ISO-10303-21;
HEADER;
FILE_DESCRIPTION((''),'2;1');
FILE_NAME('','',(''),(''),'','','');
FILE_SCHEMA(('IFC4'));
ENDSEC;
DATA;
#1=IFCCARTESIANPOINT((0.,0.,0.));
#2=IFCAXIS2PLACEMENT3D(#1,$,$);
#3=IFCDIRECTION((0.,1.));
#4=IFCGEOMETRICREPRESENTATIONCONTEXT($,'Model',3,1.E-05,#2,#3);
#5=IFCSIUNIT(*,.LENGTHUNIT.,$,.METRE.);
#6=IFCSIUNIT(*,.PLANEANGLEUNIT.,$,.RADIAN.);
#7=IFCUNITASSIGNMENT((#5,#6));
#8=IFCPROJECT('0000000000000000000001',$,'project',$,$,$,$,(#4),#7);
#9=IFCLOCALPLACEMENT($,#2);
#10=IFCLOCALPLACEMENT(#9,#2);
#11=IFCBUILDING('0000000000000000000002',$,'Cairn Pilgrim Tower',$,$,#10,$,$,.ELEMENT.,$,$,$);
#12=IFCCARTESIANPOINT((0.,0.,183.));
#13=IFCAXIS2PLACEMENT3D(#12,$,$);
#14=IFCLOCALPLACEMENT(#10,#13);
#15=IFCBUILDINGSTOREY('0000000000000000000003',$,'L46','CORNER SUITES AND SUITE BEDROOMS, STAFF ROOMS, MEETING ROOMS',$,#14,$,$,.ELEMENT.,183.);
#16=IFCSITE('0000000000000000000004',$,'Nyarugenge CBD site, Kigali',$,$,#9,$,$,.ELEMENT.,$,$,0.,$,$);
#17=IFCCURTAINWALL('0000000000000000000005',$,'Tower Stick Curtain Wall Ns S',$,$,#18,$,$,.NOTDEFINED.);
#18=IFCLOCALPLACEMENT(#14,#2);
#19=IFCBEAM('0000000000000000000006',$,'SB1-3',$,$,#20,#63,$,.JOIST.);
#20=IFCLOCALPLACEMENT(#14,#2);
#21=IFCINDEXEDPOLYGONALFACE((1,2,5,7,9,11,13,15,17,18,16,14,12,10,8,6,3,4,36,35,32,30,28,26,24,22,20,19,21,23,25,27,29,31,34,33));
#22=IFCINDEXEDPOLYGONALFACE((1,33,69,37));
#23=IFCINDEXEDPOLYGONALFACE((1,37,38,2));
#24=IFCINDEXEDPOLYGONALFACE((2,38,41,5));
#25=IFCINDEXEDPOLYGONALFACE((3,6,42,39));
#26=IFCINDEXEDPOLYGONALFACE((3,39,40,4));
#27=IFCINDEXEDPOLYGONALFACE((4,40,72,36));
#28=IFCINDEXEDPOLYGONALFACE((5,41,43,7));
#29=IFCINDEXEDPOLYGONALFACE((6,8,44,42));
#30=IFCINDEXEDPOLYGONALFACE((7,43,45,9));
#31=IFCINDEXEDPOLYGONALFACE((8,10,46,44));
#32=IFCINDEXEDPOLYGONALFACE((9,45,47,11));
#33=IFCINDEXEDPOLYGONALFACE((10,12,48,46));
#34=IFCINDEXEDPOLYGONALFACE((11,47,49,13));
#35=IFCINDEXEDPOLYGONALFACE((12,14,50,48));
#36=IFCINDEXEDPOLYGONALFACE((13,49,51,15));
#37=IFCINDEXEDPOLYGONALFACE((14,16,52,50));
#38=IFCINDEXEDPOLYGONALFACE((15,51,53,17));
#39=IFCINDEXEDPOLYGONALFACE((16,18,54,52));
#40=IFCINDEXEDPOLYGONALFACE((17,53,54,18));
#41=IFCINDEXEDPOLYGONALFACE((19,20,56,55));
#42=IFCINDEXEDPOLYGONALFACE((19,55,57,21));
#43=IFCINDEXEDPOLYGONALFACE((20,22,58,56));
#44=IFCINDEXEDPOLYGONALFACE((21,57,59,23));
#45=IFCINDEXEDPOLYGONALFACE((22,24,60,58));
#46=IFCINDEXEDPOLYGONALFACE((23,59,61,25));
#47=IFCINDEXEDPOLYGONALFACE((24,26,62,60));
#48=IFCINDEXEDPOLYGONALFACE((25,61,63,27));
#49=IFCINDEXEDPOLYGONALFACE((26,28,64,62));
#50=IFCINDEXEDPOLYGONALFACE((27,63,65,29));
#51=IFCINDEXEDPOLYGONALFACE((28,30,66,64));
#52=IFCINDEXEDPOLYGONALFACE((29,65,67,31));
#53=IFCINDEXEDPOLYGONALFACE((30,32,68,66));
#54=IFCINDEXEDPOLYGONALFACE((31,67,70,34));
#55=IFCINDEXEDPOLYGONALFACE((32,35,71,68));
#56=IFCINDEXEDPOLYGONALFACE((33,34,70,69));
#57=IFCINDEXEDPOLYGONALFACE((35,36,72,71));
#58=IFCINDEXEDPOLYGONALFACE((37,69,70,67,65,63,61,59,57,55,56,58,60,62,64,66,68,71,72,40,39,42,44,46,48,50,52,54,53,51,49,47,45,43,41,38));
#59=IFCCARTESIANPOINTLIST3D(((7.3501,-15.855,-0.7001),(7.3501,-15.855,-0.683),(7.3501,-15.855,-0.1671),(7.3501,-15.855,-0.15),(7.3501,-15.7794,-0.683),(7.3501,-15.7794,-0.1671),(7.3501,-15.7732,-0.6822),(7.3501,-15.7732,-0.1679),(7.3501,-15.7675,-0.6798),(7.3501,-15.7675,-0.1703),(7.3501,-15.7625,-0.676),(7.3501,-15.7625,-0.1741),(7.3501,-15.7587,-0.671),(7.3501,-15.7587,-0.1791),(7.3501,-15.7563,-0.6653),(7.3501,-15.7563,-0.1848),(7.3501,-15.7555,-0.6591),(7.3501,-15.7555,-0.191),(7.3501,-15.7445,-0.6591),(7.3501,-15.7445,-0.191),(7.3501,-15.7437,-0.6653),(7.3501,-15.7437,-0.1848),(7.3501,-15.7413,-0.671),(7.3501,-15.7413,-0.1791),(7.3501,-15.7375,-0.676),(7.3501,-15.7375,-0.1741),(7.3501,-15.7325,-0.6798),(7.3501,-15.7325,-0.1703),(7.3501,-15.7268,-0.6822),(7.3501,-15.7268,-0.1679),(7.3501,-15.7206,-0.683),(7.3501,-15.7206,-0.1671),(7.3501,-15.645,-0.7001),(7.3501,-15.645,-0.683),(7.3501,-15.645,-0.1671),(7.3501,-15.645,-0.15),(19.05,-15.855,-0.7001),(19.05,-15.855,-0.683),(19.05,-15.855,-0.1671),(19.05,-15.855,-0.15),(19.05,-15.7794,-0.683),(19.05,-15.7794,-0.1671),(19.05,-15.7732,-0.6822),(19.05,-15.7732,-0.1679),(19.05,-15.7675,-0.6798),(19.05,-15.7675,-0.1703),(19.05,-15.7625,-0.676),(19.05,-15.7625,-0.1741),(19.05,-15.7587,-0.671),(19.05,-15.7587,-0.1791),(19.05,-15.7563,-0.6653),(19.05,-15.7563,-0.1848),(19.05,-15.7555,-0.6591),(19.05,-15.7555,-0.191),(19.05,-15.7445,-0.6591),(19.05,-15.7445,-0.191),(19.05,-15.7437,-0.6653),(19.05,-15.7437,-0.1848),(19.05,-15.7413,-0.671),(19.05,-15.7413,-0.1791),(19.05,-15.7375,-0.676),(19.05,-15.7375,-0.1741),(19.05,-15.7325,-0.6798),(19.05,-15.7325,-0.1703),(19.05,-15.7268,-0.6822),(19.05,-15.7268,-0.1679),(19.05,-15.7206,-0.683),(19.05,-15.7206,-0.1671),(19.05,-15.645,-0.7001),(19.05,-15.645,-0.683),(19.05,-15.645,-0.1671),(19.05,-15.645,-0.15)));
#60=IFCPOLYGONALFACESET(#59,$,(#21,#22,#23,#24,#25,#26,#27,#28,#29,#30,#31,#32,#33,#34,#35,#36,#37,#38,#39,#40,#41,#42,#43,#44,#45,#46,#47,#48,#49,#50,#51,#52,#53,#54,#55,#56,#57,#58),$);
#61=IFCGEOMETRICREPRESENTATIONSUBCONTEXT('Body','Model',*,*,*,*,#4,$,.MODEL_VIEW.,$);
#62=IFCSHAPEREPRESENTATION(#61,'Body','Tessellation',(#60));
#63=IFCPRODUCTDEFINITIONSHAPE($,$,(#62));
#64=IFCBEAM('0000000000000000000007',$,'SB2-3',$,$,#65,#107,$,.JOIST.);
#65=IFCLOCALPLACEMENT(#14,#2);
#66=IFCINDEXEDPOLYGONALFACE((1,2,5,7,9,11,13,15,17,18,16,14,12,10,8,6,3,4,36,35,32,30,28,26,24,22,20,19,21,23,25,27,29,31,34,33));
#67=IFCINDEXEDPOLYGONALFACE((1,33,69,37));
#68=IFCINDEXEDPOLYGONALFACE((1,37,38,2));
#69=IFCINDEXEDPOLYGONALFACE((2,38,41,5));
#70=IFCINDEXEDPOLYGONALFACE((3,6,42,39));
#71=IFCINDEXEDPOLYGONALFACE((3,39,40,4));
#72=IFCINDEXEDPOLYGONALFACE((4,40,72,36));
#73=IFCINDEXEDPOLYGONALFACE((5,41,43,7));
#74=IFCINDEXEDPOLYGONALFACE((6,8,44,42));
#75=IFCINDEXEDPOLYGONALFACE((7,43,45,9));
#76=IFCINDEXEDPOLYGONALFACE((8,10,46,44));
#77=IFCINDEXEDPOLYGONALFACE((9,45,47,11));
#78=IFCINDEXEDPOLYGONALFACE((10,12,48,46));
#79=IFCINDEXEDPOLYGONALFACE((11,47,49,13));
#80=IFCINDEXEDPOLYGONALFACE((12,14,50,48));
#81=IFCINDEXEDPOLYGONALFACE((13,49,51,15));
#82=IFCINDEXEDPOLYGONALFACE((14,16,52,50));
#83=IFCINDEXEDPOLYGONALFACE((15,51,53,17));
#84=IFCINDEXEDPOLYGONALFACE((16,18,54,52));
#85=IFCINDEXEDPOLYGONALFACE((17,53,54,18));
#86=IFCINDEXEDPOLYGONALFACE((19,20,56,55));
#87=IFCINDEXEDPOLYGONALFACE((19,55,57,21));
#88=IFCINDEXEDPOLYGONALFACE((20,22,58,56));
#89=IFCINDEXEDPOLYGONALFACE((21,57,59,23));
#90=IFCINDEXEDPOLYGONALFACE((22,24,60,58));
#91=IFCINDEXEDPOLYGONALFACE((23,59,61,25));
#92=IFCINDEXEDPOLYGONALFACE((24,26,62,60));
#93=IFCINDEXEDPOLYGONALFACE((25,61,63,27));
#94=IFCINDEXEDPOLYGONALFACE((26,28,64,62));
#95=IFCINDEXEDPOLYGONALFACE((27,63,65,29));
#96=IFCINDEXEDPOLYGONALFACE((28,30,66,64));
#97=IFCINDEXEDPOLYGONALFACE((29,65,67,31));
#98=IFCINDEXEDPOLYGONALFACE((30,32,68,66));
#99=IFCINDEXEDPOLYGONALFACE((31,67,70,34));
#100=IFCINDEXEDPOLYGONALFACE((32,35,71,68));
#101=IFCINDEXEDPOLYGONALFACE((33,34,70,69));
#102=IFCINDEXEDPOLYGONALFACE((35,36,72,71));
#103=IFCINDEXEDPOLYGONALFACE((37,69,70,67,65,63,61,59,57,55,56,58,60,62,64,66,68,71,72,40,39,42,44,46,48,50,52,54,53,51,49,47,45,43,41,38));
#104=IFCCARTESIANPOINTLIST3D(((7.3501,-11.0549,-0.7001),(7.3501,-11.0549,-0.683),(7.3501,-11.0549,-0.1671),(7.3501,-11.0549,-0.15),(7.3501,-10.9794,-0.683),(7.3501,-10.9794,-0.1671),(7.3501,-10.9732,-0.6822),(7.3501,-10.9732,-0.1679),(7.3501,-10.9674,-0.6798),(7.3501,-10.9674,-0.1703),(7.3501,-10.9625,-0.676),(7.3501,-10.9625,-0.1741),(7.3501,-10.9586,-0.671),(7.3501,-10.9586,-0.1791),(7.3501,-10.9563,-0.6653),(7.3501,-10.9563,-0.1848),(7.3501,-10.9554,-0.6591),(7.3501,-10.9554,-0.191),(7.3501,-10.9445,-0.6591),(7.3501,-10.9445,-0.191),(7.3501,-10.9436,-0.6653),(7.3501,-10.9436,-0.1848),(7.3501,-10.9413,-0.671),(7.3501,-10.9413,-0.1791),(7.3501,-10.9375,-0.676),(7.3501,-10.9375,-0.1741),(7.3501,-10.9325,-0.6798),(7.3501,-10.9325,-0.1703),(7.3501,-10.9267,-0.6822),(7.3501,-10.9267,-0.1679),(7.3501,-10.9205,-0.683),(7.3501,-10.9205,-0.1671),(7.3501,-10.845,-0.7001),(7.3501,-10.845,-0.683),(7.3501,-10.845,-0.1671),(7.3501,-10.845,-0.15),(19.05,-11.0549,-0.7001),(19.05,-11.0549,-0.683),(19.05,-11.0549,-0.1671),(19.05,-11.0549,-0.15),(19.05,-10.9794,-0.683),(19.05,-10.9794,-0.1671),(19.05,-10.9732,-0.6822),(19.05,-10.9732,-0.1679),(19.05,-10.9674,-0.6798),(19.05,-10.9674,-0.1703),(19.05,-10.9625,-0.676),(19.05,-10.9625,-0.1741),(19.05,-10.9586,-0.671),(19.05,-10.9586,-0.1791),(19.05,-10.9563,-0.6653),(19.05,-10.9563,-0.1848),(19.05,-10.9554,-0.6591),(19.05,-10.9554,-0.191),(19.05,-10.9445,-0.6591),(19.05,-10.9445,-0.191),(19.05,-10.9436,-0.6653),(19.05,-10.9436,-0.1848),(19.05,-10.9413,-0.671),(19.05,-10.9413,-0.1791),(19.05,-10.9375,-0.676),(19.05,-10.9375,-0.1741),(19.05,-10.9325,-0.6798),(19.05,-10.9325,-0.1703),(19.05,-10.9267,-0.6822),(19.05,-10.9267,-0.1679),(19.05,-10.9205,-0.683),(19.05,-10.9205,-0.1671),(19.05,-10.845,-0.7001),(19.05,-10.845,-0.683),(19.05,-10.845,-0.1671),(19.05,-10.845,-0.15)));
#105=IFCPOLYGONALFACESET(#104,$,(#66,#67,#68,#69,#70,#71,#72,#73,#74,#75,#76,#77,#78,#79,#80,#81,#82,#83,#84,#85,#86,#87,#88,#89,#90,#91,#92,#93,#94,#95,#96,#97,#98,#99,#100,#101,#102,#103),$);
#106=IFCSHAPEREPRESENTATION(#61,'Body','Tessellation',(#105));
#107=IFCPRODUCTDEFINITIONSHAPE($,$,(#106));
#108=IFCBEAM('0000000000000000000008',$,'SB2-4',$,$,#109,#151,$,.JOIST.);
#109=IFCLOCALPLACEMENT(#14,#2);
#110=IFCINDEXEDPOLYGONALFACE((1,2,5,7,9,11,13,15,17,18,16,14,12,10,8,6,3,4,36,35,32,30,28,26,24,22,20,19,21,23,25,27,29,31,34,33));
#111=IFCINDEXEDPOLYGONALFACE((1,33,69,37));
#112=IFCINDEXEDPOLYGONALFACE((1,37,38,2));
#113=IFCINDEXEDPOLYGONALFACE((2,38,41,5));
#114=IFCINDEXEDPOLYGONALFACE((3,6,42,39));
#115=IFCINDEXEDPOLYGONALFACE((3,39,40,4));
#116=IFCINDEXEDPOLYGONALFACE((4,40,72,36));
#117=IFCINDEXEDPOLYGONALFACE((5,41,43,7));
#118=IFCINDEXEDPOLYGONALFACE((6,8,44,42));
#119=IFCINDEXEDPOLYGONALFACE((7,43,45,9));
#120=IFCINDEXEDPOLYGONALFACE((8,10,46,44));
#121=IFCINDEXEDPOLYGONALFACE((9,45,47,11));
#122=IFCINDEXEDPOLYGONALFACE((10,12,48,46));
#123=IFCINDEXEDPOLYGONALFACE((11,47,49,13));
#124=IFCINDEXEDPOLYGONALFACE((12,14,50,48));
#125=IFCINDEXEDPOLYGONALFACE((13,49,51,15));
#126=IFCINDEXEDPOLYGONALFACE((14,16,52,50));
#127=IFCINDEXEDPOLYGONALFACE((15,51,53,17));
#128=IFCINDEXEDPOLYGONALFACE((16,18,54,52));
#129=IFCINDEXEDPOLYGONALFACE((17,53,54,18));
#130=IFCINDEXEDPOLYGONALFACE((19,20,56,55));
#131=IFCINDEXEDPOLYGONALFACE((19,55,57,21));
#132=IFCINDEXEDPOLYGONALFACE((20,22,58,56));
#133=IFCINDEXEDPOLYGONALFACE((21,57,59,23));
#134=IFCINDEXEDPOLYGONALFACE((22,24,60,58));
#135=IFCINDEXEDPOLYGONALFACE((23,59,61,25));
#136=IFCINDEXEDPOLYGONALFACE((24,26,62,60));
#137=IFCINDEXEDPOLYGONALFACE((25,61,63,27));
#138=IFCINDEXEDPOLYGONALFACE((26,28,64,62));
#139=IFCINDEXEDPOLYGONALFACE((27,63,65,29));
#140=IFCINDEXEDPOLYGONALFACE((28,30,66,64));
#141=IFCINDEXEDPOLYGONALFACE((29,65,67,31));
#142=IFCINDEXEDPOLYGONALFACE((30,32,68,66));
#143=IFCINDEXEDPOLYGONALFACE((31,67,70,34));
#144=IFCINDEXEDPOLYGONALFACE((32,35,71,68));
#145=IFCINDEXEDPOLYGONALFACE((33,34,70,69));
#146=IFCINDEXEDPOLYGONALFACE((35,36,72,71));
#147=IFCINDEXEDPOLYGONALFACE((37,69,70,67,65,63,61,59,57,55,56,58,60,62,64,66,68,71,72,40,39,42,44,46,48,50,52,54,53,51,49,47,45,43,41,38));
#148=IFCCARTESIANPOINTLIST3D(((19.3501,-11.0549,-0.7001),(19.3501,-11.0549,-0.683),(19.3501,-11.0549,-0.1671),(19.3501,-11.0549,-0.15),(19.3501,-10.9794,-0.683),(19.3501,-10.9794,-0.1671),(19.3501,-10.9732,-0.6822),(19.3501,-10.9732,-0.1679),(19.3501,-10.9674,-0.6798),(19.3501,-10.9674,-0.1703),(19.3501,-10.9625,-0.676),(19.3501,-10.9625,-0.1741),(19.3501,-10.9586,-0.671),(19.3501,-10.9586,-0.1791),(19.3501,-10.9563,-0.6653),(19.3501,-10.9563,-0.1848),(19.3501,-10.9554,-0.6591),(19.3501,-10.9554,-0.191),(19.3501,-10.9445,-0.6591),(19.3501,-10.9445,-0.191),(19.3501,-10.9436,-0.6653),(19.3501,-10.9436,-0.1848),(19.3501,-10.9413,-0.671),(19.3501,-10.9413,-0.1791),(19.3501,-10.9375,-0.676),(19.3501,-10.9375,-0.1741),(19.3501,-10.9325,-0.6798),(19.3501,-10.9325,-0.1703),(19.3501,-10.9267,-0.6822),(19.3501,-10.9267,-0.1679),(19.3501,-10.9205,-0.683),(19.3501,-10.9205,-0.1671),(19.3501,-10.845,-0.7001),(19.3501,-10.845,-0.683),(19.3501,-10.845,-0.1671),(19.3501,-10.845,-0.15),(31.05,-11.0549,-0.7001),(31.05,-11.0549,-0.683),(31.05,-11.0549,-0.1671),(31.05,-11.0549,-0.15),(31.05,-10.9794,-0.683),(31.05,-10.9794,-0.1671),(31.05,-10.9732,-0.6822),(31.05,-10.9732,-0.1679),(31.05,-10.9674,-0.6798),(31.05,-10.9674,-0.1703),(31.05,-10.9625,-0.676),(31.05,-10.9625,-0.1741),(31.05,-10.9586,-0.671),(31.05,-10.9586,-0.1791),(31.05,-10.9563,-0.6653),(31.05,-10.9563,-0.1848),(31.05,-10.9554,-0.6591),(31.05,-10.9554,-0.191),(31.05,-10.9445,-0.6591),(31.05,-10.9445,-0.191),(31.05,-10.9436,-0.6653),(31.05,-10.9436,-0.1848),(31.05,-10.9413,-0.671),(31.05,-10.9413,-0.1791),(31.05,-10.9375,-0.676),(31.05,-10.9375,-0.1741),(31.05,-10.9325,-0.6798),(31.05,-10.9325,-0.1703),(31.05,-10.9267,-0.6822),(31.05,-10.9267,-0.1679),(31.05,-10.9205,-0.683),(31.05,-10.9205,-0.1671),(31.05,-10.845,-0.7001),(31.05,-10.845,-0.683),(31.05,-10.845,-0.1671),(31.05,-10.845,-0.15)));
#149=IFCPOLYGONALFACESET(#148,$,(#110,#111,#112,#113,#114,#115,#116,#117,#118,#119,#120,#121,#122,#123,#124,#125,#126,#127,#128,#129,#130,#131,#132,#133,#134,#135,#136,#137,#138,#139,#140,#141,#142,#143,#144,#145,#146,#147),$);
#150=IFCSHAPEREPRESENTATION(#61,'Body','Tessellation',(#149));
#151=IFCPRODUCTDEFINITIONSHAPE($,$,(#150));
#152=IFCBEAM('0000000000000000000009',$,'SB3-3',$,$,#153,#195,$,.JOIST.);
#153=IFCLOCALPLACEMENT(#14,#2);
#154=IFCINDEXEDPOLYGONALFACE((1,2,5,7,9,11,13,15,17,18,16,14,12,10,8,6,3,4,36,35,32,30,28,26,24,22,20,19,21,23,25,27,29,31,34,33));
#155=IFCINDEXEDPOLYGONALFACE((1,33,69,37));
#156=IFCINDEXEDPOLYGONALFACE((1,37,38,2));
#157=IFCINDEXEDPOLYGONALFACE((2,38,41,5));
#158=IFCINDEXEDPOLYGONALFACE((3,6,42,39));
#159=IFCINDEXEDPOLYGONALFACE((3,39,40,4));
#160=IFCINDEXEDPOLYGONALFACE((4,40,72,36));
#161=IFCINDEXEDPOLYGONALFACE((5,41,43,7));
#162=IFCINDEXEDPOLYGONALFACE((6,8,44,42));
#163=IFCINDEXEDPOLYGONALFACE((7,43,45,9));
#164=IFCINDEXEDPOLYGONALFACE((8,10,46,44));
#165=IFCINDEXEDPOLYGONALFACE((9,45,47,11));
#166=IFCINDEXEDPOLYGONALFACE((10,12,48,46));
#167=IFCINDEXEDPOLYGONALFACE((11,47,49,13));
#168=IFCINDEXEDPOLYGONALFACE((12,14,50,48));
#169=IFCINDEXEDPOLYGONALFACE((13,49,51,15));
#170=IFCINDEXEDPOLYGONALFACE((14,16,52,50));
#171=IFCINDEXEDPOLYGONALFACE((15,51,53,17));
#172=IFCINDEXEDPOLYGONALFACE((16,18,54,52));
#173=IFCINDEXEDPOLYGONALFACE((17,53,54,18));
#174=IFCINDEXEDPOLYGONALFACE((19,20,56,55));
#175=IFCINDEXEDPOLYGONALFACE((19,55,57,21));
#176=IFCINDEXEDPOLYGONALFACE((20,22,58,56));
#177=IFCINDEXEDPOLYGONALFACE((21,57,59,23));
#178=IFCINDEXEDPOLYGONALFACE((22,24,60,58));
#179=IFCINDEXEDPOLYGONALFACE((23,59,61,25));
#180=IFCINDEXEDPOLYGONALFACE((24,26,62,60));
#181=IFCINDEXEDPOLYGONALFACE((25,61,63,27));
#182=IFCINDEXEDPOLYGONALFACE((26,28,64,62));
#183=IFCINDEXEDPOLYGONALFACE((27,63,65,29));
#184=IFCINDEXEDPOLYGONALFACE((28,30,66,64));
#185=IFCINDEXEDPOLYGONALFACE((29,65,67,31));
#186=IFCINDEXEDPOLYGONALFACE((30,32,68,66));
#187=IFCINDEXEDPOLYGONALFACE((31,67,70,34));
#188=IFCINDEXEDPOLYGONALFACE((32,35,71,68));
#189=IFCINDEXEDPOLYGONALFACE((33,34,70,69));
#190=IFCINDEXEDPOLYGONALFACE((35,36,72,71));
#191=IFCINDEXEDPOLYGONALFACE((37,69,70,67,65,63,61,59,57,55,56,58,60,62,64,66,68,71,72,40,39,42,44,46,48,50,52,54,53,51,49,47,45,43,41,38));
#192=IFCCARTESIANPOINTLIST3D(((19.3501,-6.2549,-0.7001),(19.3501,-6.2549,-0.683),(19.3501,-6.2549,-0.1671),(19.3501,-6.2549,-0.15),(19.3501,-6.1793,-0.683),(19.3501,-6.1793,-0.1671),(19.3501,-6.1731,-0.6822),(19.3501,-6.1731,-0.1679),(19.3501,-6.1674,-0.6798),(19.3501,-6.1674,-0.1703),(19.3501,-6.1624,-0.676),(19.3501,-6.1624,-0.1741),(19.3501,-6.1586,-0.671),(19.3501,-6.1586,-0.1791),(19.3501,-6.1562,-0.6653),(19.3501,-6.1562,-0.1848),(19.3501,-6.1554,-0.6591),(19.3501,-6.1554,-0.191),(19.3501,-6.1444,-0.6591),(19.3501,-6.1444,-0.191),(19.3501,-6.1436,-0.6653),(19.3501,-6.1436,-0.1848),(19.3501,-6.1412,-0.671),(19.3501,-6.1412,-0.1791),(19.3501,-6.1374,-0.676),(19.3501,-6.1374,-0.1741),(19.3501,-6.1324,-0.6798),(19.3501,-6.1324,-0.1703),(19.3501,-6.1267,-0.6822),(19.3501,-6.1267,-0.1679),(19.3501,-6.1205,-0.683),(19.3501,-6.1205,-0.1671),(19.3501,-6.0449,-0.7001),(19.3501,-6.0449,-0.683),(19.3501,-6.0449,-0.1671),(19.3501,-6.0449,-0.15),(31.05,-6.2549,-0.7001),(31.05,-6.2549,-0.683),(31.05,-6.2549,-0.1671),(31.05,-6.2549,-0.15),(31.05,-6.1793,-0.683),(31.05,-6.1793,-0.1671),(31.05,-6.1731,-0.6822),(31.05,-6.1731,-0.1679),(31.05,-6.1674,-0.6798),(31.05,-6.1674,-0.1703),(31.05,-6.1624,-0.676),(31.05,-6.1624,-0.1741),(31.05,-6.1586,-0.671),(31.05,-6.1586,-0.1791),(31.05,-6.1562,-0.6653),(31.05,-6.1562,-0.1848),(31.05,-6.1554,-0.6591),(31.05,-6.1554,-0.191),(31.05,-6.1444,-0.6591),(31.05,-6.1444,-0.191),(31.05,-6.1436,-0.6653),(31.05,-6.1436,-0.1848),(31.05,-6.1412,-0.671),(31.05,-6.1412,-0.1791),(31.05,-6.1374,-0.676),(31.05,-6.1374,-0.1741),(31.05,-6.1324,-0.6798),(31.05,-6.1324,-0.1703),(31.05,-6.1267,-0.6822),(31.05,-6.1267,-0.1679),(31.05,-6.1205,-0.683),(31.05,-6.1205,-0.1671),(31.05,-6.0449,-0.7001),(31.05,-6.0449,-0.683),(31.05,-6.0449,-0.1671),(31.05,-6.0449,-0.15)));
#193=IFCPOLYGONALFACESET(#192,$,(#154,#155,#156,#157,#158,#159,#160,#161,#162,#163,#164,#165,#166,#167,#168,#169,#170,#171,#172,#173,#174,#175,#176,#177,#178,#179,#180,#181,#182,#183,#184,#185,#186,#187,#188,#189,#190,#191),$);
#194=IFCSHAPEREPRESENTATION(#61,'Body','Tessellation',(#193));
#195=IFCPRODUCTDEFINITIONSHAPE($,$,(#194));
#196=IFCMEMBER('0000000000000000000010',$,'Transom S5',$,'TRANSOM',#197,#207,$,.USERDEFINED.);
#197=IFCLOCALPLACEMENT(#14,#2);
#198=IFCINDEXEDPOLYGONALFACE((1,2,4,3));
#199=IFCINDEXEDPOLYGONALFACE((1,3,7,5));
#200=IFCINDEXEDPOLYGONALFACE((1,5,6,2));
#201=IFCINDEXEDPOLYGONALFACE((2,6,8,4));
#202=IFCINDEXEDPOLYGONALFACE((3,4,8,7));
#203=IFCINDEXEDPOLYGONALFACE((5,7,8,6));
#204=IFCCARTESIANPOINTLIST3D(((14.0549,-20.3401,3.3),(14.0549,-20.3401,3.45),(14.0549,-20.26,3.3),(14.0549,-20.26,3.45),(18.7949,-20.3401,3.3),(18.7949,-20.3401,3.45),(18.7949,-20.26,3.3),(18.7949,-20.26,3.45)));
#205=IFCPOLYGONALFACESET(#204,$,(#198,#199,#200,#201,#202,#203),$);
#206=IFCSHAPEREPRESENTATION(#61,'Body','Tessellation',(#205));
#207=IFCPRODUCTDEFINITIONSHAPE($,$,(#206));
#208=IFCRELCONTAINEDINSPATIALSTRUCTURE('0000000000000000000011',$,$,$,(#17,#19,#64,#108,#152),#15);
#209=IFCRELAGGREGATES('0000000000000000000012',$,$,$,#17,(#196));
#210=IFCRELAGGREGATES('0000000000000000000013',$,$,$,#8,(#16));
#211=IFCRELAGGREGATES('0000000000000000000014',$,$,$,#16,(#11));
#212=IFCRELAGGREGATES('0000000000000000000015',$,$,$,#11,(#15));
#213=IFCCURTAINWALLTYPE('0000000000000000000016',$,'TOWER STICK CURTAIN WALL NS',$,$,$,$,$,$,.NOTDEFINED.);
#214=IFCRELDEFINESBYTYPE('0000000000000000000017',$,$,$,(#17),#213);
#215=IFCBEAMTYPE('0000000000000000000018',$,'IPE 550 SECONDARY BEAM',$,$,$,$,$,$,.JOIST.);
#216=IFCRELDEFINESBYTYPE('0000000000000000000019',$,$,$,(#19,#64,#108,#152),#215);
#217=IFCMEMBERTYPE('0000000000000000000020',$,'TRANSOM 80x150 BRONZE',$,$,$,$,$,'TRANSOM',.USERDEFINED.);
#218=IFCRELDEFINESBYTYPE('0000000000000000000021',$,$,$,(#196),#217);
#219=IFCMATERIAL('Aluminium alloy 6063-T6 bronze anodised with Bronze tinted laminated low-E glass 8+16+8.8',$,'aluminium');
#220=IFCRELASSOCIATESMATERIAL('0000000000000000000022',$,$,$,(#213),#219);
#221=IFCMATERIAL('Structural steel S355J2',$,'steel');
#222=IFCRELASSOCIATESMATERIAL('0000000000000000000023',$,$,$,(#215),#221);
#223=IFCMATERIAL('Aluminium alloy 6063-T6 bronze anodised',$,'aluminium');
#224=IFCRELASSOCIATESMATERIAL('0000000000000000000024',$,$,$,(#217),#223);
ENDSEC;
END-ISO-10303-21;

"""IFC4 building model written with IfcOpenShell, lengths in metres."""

from ifc_helpers import new_model, si_unit, direction, frame, origin, origin_2d, place, context, subcontext, project, spatial, rectangle, i_section, extrude, material, material_profile, profile_set, type_object, element, aggregate, save


model = new_model("IFC4")

# Units and contexts
model_context = context("Model", 3, precision=1e-05, world=origin(), true_north=direction((0.0, 1.0)))
body_context = subcontext(model_context, "Body", "Model", "MODEL_VIEW")
ifc_project = project(units=[si_unit("LENGTHUNIT", "METRE"), si_unit("PLANEANGLEUNIT", "RADIAN")], contexts=[model_context])

# Site, building, storey
site_placement = place(None, origin())
site = spatial("IfcSite", under=ifc_project, at=site_placement, Name="Nyarugenge CBD site, Kigali", CompositionType="ELEMENT", RefElevation=0.0)
building_placement = place(site_placement, origin())
building = spatial("IfcBuilding", under=site, at=building_placement, Name="Cairn Pilgrim Tower", CompositionType="ELEMENT")
storey_placement = place(building_placement, frame((0.0, 0.0, 183.0)))
storey = spatial("IfcBuildingStorey", under=building, at=storey_placement, Name="L46", Description="CORNER SUITES AND SUITE BEDROOMS, STAFF ROOMS, MEETING ROOMS", CompositionType="ELEMENT", Elevation=183.0)

# Shared definitions
ifc_material_1 = material(Name="Structural steel S355J2", Category="steel")

# Curtain wall
ifc_material_2 = material(Name="Aluminium alloy 6063-T6 bronze anodised with Bronze tinted laminated low-E glass 8+16+8.8", Category="aluminium")
curtain_wall_type = type_object("IfcCurtainWallType", Name="TOWER STICK CURTAIN WALL NS", PredefinedType="NOTDEFINED", material=ifc_material_2)
curtain_wall_placement = place(storey_placement, origin())
curtain_wall = element("IfcCurtainWall", 1, at=curtain_wall_placement, inside=storey, type_object=curtain_wall_type, Name="Tower Stick Curtain Wall Ns S", PredefinedType="NOTDEFINED")
ifc_material_3 = material(Name="Aluminium alloy 6063-T6 bronze anodised", Category="aluminium")

# Beams
ifc_material_profile_1 = material_profile(ifc_material_1, i_section(OverallWidth=0.21, OverallDepth=0.55, WebThickness=0.011, FlangeThickness=0.0171, FilletRadius=0.0239, at=origin_2d()), Name="IPE 550")
ifc_profile_set_1 = profile_set([ifc_material_profile_1], Name="Structural steel S355J2")
beam_type_1 = type_object("IfcBeamType", Name="IPE 550 SECONDARY BEAM", PredefinedType="JOIST", material=ifc_profile_set_1)
for number, where, z_axis, x_axis, name in (
    (2, (7.3501, -15.75, -0.425), (1.0, 0.0, 0.0), (0.0, 1.0, 0.0), "SB1-3"),
    (3, (7.3501, -10.95, -0.425), (1.0, 0.0, 0.0), (0.0, 1.0, 0.0), "SB2-3"),
    (4, (19.3501, -10.95, -0.425), (1.0, 0.0, 0.0), (0.0, 1.0, 0.0), "SB2-4"),
    (5, (19.3501, -6.1499, -0.425), (1.0, 0.0, 0.0), (0.0, 1.0, 0.0), "SB3-3"),
):
    element("IfcBeam", number, at=place(storey_placement, frame(where, z_axis=z_axis, x_axis=x_axis)), inside=storey, type_object=beam_type_1, Name=name, PredefinedType="JOIST", context=body_context, shape_type="SweptSolid", body=[
        extrude(i_section(OverallWidth=0.21, OverallDepth=0.55, WebThickness=0.011, FlangeThickness=0.0171, FilletRadius=0.0239, at=origin_2d()), origin(), (0.0, 0.0, 1.0), 11.7),
    ])

# Member
ifc_material_profile_2 = material_profile(ifc_material_3, rectangle(XDim=0.0801, YDim=0.1499, at=origin_2d()), Name="TRANSOM 80x150 BRONZE")
ifc_profile_set_2 = profile_set([ifc_material_profile_2], Name="Aluminium alloy 6063-T6 bronze anodised")
member_type_1 = type_object("IfcMemberType", Name="TRANSOM 80x150 BRONZE", ElementType="TRANSOM", PredefinedType="USERDEFINED", material=ifc_profile_set_2)
member_1_placement = place(storey_placement, frame((14.0549, -20.3, 3.375), z_axis=(1.0, 0.0, 0.0), x_axis=(0.0, 1.0, 0.0)))
member_1 = element("IfcMember", 6, at=member_1_placement, type_object=member_type_1, Name="Transom S5", ObjectType="TRANSOM", PredefinedType="USERDEFINED", context=body_context, shape_type="SweptSolid", body=[
    extrude(rectangle(XDim=0.0801, YDim=0.1499, at=origin_2d()), origin(), (0.0, 0.0, 1.0), 4.74),
])

aggregate(curtain_wall, [member_1])

save(model, "model.ifc")
